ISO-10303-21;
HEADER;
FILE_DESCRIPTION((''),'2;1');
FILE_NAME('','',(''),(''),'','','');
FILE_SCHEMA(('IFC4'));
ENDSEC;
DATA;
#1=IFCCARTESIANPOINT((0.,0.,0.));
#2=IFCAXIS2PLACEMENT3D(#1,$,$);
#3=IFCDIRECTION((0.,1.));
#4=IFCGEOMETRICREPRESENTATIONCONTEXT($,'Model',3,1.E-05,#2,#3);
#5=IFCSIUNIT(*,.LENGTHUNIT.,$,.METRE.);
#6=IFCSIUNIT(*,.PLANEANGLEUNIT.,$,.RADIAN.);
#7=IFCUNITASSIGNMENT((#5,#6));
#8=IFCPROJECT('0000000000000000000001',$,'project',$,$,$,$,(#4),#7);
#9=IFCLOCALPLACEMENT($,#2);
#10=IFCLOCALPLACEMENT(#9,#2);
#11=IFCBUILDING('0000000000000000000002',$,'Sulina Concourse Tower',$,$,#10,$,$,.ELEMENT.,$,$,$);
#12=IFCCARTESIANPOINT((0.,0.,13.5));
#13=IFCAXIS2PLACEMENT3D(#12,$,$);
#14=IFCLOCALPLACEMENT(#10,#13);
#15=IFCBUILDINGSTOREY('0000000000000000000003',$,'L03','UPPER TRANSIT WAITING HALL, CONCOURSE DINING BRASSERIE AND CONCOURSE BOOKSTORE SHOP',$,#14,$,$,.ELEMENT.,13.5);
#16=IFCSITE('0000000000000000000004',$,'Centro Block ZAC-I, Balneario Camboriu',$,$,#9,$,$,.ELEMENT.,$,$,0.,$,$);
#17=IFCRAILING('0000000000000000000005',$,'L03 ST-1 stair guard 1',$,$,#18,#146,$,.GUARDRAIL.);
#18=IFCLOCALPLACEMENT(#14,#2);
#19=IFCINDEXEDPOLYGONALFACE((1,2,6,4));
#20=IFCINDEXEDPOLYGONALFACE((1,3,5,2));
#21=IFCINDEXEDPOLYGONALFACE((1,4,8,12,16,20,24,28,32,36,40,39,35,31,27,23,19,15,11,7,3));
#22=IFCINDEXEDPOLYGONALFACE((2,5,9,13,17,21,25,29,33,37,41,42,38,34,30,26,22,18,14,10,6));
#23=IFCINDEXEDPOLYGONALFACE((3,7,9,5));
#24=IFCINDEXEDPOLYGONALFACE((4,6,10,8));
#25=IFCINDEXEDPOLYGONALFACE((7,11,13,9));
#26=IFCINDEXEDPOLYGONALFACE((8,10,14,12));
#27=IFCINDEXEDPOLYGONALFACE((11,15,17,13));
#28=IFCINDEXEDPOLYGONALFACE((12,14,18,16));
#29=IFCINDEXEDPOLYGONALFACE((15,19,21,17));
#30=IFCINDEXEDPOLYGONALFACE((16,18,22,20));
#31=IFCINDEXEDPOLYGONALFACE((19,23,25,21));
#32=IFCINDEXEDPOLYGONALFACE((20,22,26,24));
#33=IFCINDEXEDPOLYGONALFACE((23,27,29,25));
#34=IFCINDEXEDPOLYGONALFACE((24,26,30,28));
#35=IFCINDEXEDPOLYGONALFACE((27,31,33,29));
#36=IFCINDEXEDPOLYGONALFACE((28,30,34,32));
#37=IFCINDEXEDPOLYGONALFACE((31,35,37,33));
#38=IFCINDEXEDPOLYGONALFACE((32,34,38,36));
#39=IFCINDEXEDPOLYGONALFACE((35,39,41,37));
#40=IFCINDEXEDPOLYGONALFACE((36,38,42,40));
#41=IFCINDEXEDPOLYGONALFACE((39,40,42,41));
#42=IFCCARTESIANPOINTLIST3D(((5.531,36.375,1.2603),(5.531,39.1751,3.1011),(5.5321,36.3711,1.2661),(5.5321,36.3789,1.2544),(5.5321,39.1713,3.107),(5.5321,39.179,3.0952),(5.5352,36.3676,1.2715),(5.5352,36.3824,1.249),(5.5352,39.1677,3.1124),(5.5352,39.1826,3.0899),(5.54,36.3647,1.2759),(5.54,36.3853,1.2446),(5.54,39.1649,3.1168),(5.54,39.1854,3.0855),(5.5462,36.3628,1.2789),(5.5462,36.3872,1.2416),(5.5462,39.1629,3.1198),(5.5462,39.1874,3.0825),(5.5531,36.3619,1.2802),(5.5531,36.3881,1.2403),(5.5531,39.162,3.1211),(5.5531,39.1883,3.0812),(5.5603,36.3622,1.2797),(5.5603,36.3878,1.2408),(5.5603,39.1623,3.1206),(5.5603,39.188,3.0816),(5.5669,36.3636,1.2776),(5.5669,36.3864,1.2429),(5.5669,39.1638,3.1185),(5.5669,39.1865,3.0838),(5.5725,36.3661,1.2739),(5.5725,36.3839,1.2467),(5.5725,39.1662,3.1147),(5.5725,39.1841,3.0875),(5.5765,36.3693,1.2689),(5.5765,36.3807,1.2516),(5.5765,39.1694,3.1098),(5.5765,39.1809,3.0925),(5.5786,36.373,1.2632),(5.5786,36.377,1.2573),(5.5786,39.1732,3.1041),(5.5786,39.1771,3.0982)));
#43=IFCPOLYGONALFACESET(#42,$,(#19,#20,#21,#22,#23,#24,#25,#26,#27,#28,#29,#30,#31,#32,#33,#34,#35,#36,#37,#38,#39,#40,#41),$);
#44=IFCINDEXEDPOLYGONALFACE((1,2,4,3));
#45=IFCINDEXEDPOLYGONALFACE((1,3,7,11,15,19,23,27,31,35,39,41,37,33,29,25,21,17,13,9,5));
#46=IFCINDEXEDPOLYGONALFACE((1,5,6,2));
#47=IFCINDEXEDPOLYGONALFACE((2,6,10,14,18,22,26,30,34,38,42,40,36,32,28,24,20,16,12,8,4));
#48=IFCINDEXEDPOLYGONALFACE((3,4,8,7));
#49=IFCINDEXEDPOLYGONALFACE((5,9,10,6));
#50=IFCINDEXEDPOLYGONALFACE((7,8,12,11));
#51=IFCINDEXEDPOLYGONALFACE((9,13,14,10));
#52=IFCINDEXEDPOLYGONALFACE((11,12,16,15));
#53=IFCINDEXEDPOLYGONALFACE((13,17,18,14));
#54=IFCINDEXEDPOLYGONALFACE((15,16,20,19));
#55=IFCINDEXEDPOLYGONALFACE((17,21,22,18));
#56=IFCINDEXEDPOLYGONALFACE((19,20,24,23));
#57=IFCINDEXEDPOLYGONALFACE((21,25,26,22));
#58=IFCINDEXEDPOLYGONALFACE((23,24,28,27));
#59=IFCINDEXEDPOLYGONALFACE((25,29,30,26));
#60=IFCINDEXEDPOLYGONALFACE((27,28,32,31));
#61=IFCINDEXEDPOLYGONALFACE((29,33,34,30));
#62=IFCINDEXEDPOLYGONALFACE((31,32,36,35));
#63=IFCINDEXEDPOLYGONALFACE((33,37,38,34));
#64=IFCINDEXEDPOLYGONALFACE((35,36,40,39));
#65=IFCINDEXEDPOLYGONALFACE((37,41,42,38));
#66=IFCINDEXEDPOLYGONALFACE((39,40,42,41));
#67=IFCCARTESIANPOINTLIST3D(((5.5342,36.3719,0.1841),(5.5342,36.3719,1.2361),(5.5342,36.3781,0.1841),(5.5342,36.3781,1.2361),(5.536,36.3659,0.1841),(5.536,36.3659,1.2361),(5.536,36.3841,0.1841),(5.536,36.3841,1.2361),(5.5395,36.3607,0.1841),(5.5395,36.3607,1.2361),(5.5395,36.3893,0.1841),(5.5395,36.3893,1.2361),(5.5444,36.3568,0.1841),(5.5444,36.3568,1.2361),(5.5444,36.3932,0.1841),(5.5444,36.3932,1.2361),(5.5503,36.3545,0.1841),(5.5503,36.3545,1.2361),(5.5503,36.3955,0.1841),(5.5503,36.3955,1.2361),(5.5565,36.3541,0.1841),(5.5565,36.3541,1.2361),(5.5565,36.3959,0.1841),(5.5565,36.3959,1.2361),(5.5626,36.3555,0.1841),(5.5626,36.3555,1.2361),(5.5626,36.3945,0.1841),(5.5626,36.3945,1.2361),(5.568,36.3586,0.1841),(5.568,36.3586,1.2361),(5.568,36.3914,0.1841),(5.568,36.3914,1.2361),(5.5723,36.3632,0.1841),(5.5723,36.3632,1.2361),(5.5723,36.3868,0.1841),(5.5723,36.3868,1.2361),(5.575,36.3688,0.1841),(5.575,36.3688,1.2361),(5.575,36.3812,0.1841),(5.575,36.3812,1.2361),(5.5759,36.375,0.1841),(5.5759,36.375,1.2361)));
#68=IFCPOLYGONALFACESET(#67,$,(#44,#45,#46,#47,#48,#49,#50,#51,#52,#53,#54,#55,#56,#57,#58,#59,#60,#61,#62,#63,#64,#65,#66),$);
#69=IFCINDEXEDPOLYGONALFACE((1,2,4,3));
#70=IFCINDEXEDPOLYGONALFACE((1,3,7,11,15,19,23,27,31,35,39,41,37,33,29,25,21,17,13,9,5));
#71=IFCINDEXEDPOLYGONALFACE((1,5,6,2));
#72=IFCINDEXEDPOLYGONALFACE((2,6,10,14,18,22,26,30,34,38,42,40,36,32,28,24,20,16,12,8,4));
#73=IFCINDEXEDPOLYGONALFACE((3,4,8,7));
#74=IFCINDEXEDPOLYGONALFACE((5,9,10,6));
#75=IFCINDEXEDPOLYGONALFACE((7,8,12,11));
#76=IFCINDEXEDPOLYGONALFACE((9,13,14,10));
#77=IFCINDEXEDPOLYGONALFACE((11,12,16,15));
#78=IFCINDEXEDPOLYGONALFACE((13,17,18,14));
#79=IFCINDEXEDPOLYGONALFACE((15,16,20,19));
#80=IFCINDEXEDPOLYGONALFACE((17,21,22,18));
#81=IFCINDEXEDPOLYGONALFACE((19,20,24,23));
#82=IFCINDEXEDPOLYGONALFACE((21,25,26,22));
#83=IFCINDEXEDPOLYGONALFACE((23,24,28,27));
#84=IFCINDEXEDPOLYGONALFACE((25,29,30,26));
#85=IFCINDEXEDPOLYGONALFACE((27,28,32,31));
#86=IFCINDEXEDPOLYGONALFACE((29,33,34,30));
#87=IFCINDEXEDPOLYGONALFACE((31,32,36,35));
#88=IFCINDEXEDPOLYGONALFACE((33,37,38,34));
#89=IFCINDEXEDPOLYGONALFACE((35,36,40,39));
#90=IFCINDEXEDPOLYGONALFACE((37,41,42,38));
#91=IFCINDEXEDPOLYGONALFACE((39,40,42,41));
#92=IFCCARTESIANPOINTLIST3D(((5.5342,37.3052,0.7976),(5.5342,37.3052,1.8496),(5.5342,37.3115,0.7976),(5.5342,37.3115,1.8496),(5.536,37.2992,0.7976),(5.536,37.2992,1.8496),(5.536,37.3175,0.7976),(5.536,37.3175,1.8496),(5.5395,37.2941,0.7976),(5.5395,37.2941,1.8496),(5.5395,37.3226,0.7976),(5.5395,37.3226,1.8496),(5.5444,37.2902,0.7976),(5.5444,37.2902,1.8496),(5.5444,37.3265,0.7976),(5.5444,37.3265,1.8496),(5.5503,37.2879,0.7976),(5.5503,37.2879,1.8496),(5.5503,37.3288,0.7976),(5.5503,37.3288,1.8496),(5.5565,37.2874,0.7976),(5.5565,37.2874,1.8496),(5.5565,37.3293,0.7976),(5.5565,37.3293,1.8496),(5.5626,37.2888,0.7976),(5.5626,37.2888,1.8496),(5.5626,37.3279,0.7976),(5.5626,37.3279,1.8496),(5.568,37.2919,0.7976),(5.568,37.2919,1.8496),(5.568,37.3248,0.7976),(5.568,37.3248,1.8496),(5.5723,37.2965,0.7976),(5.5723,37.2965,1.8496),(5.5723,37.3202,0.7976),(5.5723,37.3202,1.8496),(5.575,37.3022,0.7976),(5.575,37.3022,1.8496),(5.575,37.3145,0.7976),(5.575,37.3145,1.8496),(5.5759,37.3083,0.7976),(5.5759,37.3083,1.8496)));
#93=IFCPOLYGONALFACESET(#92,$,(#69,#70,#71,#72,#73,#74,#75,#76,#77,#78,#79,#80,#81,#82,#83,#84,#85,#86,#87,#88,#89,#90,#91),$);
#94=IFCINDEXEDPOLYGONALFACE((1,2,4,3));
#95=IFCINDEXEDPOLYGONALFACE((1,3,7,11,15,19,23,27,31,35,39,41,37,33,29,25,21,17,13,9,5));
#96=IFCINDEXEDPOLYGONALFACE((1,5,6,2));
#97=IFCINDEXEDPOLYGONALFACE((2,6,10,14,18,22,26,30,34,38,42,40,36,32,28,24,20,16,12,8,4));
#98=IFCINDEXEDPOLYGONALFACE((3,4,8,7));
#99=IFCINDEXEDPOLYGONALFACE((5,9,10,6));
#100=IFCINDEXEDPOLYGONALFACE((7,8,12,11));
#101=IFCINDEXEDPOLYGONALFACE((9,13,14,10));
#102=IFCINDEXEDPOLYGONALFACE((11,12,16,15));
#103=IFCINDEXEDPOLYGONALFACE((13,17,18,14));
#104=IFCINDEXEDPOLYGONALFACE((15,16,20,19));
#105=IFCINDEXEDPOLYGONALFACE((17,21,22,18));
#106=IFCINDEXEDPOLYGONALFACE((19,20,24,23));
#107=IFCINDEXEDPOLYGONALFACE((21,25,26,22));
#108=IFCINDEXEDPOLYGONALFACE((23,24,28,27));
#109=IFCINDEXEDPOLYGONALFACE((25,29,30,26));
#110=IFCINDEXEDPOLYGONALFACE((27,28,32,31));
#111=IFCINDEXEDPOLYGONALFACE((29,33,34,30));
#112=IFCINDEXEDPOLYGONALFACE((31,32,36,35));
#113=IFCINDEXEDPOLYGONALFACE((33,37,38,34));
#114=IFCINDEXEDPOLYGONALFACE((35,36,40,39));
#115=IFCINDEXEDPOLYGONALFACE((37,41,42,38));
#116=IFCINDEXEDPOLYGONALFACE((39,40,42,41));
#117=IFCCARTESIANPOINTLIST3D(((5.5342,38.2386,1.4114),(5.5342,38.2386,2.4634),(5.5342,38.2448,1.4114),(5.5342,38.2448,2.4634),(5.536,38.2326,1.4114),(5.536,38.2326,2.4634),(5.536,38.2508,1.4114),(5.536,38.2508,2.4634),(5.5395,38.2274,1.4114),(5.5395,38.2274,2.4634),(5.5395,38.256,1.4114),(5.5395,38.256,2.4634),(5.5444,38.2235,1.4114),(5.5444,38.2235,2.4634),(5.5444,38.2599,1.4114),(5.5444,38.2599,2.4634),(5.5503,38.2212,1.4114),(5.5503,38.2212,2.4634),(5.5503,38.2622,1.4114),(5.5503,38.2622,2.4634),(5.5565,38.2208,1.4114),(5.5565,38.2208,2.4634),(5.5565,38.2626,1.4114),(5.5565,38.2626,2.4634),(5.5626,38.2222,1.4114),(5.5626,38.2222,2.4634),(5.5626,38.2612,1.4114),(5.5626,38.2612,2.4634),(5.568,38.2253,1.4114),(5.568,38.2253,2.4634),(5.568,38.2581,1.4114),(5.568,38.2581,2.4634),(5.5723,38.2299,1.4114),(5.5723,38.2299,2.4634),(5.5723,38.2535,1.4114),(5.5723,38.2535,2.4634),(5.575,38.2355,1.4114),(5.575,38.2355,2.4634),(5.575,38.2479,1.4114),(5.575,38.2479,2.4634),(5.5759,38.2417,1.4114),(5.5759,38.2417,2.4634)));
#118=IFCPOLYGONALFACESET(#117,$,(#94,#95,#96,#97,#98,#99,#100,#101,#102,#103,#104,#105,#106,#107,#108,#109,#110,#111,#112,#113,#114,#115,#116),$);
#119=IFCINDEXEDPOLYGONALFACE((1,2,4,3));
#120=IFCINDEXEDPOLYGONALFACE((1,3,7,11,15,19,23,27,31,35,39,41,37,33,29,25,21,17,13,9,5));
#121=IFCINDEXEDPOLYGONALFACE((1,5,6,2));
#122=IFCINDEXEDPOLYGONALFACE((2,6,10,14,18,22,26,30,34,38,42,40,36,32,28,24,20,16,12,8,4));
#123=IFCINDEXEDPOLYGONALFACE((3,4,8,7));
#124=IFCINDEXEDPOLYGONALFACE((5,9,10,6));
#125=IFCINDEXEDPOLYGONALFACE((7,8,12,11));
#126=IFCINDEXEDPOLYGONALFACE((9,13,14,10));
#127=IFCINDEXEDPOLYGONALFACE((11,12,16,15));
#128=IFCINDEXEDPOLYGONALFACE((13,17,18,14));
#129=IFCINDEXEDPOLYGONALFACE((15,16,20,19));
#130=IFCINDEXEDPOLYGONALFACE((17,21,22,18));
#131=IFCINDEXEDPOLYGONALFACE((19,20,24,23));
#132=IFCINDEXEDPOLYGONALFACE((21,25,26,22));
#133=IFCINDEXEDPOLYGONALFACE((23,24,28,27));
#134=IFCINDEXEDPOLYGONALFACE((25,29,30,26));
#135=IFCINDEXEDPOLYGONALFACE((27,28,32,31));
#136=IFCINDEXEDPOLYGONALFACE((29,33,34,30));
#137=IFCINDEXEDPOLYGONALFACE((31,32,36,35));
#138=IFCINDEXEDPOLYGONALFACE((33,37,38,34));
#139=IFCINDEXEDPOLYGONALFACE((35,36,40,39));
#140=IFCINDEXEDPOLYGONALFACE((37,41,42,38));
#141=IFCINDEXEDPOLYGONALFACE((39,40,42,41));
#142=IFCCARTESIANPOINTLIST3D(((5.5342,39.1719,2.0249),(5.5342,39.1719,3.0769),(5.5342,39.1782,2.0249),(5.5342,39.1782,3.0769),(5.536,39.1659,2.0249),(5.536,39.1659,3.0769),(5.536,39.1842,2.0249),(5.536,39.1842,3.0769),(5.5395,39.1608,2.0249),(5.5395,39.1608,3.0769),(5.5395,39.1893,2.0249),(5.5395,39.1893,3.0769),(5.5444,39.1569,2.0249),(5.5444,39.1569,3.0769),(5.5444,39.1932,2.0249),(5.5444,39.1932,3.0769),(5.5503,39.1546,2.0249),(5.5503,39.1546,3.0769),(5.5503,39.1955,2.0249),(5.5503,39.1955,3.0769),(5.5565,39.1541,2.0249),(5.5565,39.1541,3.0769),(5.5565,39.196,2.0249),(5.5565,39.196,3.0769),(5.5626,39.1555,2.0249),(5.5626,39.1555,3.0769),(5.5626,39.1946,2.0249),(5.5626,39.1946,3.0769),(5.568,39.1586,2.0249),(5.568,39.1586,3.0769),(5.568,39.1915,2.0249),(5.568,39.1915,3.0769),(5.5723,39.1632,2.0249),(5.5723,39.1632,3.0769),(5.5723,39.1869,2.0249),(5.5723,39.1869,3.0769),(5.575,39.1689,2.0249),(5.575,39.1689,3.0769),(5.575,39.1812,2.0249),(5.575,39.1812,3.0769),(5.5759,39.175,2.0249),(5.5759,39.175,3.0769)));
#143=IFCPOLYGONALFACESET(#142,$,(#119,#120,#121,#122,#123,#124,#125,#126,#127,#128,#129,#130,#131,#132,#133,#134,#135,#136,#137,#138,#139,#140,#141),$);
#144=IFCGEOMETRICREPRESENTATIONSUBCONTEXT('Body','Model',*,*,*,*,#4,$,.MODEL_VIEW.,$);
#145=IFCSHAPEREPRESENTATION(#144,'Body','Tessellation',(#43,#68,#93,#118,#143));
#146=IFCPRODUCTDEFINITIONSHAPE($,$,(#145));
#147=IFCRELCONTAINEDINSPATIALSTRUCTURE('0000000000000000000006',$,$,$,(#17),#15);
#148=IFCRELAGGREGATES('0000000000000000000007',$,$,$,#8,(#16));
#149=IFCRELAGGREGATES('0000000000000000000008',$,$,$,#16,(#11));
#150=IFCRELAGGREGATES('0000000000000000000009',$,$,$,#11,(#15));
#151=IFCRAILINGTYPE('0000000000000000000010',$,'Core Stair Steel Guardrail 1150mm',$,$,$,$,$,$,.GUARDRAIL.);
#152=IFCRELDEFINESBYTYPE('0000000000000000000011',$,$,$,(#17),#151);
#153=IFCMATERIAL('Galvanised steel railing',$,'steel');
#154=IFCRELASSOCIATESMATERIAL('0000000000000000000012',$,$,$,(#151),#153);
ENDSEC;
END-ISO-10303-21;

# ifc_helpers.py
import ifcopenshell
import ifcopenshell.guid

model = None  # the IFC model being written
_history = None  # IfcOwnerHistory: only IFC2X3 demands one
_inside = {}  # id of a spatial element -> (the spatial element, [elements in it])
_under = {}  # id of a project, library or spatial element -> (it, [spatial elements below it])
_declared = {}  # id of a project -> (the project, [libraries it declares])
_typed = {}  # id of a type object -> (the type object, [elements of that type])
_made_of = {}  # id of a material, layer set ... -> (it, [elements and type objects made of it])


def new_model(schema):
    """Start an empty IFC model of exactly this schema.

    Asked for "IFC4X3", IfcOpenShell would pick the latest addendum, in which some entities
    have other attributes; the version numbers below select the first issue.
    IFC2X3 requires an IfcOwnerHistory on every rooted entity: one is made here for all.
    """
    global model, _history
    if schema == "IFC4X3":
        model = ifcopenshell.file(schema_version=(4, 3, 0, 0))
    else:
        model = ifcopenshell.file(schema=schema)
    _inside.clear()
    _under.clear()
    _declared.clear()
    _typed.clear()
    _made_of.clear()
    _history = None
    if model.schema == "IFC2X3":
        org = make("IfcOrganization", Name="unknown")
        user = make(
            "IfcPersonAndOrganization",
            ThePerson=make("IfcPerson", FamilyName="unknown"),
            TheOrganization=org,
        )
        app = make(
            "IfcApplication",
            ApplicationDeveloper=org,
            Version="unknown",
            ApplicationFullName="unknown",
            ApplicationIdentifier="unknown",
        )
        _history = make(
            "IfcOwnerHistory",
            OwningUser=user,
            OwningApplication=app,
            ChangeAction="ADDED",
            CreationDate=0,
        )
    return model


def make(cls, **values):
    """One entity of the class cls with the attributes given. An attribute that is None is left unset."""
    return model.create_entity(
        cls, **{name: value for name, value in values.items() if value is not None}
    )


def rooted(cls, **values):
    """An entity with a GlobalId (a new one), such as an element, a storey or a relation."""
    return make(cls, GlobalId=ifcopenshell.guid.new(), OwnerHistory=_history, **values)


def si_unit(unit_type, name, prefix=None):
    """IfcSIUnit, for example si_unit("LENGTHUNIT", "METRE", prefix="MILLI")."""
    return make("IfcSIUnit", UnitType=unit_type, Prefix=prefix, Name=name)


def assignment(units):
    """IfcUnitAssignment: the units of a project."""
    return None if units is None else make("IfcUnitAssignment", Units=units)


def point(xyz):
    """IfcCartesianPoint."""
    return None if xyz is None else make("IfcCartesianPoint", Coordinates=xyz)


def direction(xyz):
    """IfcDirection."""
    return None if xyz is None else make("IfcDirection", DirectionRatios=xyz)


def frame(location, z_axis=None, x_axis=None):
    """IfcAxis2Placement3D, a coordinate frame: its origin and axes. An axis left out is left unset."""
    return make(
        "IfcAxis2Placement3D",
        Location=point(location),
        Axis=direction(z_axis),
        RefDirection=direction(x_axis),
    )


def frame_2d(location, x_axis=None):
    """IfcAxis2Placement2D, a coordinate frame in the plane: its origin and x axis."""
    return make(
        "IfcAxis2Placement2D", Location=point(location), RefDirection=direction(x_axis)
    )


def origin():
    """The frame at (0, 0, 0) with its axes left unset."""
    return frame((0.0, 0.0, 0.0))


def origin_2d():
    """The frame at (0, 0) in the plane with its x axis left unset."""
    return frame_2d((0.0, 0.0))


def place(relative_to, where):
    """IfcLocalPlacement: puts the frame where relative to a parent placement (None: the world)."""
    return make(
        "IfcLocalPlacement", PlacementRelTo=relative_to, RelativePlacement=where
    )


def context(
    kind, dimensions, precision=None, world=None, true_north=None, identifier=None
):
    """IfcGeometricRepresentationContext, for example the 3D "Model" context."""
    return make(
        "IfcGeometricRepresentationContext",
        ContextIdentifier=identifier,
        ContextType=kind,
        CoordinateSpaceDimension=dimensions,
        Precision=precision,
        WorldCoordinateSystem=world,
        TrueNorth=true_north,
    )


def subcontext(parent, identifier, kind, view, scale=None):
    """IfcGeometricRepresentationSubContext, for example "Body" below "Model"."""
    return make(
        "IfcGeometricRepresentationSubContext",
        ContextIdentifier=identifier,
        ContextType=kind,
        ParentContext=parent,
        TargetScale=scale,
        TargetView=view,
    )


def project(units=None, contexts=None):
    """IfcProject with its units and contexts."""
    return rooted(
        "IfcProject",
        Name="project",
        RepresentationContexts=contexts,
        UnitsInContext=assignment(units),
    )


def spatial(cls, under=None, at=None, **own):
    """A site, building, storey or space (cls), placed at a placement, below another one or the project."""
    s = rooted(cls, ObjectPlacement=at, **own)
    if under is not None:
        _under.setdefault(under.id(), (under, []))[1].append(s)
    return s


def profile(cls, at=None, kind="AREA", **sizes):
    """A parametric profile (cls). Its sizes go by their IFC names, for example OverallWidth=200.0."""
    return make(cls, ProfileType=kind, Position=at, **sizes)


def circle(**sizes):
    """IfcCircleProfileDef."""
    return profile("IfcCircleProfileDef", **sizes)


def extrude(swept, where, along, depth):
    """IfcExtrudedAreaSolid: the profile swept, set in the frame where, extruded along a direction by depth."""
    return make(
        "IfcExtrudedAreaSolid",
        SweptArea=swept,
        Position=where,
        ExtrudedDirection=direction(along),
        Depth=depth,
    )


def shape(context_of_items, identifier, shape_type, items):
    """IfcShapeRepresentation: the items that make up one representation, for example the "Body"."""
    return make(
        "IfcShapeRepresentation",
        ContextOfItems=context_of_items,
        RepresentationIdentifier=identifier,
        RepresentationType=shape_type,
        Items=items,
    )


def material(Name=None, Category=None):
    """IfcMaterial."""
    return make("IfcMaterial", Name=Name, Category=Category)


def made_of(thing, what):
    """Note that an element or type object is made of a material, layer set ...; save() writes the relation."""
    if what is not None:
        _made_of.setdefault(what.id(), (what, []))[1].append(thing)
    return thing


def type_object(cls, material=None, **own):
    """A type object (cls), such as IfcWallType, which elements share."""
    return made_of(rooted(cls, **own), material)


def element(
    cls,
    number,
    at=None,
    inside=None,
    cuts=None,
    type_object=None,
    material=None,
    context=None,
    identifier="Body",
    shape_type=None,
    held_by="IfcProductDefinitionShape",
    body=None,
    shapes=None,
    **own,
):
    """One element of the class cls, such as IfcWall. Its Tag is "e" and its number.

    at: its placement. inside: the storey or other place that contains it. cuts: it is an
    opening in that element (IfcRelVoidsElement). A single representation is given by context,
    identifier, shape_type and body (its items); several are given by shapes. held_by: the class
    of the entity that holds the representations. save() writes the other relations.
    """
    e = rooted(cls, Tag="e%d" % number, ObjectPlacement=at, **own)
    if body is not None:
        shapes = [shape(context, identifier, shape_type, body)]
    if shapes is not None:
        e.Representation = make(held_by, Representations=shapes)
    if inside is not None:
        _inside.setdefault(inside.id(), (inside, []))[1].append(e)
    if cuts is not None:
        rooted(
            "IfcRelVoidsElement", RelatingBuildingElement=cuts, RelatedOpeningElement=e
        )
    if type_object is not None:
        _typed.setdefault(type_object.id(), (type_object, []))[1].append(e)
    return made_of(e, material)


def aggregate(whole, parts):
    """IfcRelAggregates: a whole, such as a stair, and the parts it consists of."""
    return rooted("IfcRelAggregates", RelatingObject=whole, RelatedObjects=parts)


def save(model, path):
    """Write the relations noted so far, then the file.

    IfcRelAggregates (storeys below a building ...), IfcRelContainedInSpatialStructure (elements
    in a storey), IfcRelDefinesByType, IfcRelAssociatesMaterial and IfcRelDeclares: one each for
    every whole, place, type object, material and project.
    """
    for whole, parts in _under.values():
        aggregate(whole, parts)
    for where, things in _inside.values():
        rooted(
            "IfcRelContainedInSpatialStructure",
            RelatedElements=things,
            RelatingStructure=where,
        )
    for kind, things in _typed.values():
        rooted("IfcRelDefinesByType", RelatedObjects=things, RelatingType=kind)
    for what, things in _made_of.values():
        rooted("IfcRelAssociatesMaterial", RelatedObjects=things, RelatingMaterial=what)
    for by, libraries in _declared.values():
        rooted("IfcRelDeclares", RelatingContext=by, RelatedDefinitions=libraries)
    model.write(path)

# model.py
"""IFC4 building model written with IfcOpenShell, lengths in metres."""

from ifc_helpers import new_model, si_unit, direction, frame, origin, origin_2d, place, context, subcontext, project, spatial, circle, extrude, material, type_object, element, save


model = new_model("IFC4")

# Units and contexts
model_context = context("Model", 3, precision=1e-05, world=origin(), true_north=direction((0.0, 1.0)))
body_context = subcontext(model_context, "Body", "Model", "MODEL_VIEW")
ifc_project = project(units=[si_unit("LENGTHUNIT", "METRE"), si_unit("PLANEANGLEUNIT", "RADIAN")], contexts=[model_context])

# Site, building, storey
site_placement = place(None, origin())
site = spatial("IfcSite", under=ifc_project, at=site_placement, Name="Centro Block ZAC-I, Balneario Camboriu", CompositionType="ELEMENT", RefElevation=0.0)
building_placement = place(site_placement, origin())
building = spatial("IfcBuilding", under=site, at=building_placement, Name="Sulina Concourse Tower", CompositionType="ELEMENT")
storey_placement = place(building_placement, frame((0.0, 0.0, 13.5)))
storey = spatial("IfcBuildingStorey", under=building, at=storey_placement, Name="L03", Description="UPPER TRANSIT WAITING HALL, CONCOURSE DINING BRASSERIE AND CONCOURSE BOOKSTORE SHOP", CompositionType="ELEMENT", Elevation=13.5)

# Railing
ifc_material_1 = material(Name="Galvanised steel railing", Category="steel")
railing_type_1 = type_object("IfcRailingType", Name="Core Stair Steel Guardrail 1150mm", PredefinedType="GUARDRAIL", material=ifc_material_1)
railing_1_placement = place(storey_placement, frame((5.5549, 36.375, 0.1841)))
element("IfcRailing", 1, at=railing_1_placement, inside=storey, type_object=railing_type_1, Name="L03 ST-1 stair guard 1", PredefinedType="GUARDRAIL", context=body_context, shape_type="SweptSolid", body=[
    extrude(circle(Radius=0.0239, at=origin_2d()), frame((0.0, 0.0, 1.0762), z_axis=(0.0, 0.835598, 0.549342), x_axis=(-1.0, 0.0, 0.0)), (0.0, 0.0, 1.0), 3.3511),
    extrude(circle(Radius=0.021, at=origin_2d()), origin(), (0.0, 0.0, 1.0), 1.052),
    extrude(circle(Radius=0.021, at=origin_2d()), frame((0.0, 0.9333, 0.6135)), (0.0, 0.0, 1.0), 1.052),
    extrude(circle(Radius=0.021, at=origin_2d()), frame((0.0, 1.8667, 1.2273)), (0.0, 0.0, 1.0), 1.052),
    extrude(circle(Radius=0.021, at=origin_2d()), frame((0.0, 2.8, 1.8408)), (0.0, 0.0, 1.0), 1.052),
])

save(model, "model.ifc")
